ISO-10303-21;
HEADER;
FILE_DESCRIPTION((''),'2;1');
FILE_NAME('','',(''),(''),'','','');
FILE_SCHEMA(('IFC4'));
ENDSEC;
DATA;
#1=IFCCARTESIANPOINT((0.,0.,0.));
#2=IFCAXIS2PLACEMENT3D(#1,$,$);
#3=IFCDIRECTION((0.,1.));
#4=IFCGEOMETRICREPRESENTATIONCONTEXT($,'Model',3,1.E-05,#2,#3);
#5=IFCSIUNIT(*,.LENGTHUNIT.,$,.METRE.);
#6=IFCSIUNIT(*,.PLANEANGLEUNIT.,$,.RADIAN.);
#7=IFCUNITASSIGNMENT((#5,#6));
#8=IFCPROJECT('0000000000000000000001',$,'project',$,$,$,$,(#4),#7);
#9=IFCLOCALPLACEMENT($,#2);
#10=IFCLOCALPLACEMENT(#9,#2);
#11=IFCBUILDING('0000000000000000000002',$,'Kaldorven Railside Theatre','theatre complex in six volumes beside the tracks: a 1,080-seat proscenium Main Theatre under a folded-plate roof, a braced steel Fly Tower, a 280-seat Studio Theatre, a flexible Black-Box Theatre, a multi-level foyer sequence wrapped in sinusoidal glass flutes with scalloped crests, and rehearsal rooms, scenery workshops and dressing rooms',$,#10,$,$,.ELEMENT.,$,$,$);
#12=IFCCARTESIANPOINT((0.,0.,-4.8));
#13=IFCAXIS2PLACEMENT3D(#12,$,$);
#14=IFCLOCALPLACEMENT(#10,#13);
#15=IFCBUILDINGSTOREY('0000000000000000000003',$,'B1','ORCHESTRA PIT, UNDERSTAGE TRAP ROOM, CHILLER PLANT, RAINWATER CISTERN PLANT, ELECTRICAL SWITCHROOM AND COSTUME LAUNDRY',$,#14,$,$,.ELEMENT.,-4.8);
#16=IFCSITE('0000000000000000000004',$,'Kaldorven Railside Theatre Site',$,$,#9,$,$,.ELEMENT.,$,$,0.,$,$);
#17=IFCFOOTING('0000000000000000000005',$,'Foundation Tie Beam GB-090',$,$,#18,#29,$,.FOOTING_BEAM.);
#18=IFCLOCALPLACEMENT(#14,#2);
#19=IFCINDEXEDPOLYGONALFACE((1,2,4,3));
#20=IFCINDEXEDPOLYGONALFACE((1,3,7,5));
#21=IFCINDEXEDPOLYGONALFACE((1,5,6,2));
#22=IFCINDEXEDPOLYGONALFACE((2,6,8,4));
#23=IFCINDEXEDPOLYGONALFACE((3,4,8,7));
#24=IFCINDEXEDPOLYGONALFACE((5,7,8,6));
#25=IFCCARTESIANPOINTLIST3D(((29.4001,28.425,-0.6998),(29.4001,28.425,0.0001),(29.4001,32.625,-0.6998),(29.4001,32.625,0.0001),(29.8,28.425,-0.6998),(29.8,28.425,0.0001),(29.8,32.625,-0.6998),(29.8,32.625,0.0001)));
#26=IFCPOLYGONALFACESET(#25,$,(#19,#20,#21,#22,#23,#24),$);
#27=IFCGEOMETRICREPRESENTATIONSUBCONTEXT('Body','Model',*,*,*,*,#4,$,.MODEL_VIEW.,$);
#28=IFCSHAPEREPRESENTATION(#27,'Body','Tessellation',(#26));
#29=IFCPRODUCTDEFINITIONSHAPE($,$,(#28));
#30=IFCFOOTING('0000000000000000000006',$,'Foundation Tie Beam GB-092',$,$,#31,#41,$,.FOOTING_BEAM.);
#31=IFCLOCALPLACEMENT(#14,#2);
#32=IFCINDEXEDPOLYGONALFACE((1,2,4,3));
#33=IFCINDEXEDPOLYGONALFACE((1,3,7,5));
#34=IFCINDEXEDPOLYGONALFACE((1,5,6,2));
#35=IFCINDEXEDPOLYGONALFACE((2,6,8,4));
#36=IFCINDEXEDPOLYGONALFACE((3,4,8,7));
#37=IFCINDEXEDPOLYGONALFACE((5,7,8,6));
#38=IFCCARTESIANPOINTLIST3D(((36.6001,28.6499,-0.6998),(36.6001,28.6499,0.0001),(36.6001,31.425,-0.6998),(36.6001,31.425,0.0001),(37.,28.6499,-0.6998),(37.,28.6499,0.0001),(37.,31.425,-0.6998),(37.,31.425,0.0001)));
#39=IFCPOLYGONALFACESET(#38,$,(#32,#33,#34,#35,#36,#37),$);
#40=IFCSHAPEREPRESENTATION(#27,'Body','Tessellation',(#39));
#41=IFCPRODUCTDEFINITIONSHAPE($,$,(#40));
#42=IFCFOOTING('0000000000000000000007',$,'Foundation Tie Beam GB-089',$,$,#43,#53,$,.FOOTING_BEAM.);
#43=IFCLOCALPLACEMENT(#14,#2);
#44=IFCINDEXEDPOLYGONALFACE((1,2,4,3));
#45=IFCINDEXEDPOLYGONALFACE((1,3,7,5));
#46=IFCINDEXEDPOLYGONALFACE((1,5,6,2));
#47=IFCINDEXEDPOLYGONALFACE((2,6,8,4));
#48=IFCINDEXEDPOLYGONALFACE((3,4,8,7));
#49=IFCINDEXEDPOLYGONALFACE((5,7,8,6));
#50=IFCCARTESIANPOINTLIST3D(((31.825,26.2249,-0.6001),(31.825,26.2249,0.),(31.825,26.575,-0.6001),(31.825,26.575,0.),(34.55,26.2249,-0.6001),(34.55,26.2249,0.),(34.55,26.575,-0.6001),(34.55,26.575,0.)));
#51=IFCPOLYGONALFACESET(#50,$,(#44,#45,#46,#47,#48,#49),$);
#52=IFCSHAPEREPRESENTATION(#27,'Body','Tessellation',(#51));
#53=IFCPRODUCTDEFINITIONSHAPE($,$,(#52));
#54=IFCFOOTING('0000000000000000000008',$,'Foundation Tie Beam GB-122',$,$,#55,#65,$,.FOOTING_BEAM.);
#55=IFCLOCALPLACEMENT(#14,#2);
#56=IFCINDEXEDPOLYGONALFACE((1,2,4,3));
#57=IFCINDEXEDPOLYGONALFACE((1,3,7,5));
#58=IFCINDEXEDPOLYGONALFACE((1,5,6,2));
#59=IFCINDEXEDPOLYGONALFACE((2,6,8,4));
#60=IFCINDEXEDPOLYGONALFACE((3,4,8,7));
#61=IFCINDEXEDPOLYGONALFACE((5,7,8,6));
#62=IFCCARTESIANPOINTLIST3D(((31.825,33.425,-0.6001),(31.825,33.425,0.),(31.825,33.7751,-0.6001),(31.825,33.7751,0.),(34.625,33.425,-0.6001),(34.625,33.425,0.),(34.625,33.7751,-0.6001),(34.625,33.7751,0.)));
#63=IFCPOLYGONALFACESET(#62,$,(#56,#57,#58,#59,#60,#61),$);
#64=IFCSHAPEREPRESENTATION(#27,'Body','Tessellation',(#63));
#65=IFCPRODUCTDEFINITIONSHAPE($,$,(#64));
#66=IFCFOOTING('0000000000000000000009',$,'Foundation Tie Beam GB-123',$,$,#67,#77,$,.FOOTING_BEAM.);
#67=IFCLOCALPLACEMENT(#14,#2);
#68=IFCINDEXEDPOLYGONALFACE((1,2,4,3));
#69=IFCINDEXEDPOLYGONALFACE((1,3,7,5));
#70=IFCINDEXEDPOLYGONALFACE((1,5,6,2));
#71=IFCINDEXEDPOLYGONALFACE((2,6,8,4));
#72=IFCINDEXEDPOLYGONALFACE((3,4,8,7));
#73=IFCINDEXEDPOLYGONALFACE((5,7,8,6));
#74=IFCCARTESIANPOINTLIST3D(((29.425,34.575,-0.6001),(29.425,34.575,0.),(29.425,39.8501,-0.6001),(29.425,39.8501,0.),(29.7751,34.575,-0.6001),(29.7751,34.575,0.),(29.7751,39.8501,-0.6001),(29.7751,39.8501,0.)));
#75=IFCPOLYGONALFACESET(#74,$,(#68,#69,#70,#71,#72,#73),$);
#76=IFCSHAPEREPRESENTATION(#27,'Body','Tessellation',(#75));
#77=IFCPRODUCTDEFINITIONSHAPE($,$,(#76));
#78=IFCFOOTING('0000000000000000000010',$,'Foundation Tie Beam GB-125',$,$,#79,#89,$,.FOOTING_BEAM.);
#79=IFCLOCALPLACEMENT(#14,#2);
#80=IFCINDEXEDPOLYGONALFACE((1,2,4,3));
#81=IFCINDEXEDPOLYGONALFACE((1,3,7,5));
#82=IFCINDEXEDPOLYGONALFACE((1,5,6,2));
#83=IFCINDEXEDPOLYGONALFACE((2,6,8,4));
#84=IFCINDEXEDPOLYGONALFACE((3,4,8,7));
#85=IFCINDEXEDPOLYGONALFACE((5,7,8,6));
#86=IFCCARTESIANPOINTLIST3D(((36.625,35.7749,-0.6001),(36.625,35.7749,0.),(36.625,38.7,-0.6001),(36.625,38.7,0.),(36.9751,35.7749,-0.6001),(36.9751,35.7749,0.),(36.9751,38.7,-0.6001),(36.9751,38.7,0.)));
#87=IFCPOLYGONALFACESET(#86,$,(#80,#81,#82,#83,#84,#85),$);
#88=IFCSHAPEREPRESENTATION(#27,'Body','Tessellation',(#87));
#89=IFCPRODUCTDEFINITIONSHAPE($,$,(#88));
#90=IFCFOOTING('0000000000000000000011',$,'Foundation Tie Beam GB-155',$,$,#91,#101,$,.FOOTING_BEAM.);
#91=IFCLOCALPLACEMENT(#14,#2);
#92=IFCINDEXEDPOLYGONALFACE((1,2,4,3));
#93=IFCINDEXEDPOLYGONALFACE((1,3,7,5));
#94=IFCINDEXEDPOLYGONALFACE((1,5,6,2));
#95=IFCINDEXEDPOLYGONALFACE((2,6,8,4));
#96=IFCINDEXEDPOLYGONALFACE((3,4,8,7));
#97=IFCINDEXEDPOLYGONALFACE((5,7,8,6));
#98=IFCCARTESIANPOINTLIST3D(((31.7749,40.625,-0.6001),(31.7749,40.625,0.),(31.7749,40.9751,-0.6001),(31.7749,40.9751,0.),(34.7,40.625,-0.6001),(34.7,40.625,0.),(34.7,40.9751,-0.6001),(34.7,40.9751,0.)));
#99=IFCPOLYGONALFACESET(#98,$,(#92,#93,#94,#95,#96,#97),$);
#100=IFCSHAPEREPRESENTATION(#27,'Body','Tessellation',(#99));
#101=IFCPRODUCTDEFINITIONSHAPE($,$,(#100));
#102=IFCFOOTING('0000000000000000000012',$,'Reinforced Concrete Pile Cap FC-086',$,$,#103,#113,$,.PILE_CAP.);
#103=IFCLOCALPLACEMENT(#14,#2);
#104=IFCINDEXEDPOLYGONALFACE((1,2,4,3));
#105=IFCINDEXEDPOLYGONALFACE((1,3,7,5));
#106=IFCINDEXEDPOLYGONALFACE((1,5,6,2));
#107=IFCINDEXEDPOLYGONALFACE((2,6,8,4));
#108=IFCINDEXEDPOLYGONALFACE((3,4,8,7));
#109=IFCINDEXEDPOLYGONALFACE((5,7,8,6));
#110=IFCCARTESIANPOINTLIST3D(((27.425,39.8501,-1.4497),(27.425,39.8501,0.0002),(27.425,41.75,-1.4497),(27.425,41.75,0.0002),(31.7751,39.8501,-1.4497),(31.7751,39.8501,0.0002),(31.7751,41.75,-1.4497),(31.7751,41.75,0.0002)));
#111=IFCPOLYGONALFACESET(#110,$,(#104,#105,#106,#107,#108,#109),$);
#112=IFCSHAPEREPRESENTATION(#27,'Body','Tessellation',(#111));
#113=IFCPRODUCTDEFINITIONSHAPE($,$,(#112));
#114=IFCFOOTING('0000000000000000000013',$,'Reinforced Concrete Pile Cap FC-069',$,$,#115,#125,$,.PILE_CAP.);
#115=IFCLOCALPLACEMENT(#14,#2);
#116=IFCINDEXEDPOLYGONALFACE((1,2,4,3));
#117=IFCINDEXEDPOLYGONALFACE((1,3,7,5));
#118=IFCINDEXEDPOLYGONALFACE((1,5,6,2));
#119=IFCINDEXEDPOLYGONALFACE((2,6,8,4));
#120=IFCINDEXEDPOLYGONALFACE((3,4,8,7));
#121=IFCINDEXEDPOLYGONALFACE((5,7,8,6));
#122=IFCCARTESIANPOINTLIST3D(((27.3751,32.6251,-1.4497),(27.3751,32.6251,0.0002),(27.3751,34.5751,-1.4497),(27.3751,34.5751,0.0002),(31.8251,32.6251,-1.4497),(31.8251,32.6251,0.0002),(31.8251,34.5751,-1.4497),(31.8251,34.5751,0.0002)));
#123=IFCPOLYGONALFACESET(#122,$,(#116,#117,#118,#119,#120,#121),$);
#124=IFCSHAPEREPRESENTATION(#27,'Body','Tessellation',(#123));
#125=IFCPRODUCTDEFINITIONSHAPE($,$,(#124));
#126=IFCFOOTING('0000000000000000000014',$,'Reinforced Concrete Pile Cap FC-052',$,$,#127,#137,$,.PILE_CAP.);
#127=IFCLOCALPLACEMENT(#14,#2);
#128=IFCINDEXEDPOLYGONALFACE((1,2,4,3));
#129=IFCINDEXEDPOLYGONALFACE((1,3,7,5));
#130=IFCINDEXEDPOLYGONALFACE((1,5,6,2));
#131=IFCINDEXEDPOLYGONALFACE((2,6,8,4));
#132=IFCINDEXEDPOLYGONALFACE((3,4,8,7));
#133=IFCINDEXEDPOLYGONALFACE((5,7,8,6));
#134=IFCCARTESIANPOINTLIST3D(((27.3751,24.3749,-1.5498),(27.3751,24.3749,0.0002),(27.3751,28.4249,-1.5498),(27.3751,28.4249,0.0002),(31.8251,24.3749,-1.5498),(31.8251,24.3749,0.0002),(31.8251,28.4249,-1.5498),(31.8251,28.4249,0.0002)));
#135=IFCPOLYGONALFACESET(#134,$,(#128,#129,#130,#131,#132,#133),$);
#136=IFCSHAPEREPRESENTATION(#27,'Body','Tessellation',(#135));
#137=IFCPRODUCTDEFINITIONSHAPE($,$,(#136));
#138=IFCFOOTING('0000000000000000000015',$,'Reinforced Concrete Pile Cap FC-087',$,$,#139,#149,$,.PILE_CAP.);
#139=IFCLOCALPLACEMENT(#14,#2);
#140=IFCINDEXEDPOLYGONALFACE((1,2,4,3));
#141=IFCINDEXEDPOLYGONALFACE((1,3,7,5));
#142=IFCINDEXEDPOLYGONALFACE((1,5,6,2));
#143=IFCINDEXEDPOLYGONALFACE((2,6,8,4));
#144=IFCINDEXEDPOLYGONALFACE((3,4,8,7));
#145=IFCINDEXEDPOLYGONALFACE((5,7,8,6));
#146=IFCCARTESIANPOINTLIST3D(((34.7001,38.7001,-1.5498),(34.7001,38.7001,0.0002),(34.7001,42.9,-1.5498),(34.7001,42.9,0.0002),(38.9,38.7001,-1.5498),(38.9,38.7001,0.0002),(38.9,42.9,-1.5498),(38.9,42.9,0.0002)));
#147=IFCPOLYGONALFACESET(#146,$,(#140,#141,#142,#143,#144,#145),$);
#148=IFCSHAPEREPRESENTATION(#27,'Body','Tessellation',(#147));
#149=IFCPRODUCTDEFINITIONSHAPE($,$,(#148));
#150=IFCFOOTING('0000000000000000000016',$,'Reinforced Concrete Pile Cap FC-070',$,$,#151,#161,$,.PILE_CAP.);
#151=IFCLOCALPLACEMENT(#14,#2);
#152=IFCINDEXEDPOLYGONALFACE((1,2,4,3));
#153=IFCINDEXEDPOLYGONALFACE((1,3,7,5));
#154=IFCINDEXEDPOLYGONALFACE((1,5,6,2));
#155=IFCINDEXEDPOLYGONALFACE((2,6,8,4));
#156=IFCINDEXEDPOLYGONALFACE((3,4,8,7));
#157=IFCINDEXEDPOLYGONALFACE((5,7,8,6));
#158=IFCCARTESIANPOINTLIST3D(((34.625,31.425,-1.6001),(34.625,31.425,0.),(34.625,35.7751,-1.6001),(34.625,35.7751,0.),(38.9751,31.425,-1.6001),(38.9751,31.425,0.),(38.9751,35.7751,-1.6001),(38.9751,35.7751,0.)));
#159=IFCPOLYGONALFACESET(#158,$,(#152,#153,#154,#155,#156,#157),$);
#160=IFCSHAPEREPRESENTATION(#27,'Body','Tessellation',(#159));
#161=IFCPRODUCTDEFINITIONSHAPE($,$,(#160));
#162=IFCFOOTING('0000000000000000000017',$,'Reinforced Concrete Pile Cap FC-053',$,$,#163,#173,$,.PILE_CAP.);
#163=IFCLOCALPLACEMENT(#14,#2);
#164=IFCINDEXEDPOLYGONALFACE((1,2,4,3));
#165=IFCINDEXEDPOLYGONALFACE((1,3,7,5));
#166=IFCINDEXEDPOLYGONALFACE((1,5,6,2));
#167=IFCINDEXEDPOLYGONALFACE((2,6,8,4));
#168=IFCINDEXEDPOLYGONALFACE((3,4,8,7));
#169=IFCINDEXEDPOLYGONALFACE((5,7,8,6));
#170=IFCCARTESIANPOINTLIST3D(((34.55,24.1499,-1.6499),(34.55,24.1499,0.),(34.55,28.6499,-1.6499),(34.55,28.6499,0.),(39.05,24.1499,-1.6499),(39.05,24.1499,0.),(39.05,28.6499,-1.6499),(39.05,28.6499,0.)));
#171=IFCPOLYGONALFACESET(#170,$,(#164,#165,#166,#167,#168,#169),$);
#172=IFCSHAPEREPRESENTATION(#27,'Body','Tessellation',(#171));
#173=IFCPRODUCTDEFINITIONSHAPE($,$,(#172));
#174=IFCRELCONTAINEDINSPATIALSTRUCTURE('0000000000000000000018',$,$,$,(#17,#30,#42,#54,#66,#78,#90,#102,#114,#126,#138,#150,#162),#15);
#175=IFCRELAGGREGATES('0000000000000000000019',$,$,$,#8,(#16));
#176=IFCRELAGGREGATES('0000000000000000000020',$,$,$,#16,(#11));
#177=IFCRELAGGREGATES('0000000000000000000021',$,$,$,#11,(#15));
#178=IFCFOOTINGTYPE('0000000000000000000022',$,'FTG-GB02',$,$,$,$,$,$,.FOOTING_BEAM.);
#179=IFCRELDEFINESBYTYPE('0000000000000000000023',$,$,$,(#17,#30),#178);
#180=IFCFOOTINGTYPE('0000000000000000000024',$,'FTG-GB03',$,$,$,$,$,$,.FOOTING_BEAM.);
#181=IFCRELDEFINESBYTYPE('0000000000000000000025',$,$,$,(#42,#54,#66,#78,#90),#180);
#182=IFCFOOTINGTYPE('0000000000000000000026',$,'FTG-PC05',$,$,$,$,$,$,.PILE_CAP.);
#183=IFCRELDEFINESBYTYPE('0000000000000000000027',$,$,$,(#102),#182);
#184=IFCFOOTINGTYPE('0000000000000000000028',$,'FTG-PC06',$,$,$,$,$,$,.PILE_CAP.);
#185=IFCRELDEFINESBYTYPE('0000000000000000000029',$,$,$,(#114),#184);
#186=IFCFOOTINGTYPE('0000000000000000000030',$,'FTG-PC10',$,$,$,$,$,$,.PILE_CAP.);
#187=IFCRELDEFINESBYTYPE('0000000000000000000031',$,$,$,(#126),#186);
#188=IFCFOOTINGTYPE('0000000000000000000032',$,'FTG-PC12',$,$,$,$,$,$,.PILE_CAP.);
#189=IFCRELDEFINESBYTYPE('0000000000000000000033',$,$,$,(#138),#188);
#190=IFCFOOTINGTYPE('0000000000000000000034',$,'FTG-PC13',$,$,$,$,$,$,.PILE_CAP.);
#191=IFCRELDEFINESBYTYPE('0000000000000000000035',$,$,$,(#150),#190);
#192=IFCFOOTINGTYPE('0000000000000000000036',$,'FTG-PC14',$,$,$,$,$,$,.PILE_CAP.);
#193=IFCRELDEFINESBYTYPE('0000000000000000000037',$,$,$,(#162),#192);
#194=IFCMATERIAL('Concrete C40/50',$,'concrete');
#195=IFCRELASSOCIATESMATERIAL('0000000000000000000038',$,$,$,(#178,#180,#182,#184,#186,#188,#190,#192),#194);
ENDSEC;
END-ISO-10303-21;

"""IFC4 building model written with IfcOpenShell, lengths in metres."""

from ifc_helpers import new_model, si_unit, direction, frame, origin, origin_2d, place, context, subcontext, project, spatial, rectangle, extrude, material, material_profile, profile_set, type_object, element, save


model = new_model("IFC4")

# Units and contexts
model_context = context("Model", 3, precision=1e-05, world=origin(), true_north=direction((0.0, 1.0)))
body_context = subcontext(model_context, "Body", "Model", "MODEL_VIEW")
ifc_project = project(units=[si_unit("LENGTHUNIT", "METRE"), si_unit("PLANEANGLEUNIT", "RADIAN")], contexts=[model_context])

# Site, building, storey
site_placement = place(None, origin())
site = spatial("IfcSite", under=ifc_project, at=site_placement, Name="Kaldorven Railside Theatre Site", CompositionType="ELEMENT", RefElevation=0.0)
building_placement = place(site_placement, origin())
building = spatial("IfcBuilding", under=site, at=building_placement, Name="Kaldorven Railside Theatre", Description="theatre complex in six volumes beside the tracks: a 1,080-seat proscenium Main Theatre under a folded-plate roof, a braced steel Fly Tower, a 280-seat Studio Theatre, a flexible Black-Box Theatre, a multi-level foyer sequence wrapped in sinusoidal glass flutes with scalloped crests, and rehearsal rooms, scenery workshops and dressing rooms", CompositionType="ELEMENT")
storey_placement = place(building_placement, frame((0.0, 0.0, -4.8)))
storey = spatial("IfcBuildingStorey", under=building, at=storey_placement, Name="B1", Description="ORCHESTRA PIT, UNDERSTAGE TRAP ROOM, CHILLER PLANT, RAINWATER CISTERN PLANT, ELECTRICAL SWITCHROOM AND COSTUME LAUNDRY", CompositionType="ELEMENT", Elevation=-4.8)

# Footings
ifc_material_1 = material(Name="Concrete C40/50", Category="concrete")
ifc_material_profile_1 = material_profile(ifc_material_1, rectangle(XDim=0.3999, YDim=0.7, at=origin_2d()), Name="RC 400x700")
ifc_profile_set_1 = profile_set([ifc_material_profile_1], Name="Concrete C40/50")
footing_type_1 = type_object("IfcFootingType", Name="FTG-GB02", PredefinedType="FOOTING_BEAM", material=ifc_profile_set_1)
footing_1_placement = place(storey_placement, frame((29.6001, 28.425, -0.3499), z_axis=(0.0, 1.0, 0.0), x_axis=(-1.0, 0.0, 0.0)))
element("IfcFooting", 1, at=footing_1_placement, inside=storey, type_object=footing_type_1, Name="Foundation Tie Beam GB-090", PredefinedType="FOOTING_BEAM", context=body_context, shape_type="SweptSolid", body=[
    extrude(rectangle(XDim=0.3999, YDim=0.7, at=origin_2d()), origin(), (0.0, 0.0, 1.0), 4.2),
])
footing_2_placement = place(storey_placement, frame((36.8, 28.6499, -0.3499), z_axis=(0.0, 1.0, 0.0), x_axis=(-1.0, 0.0, 0.0)))
element("IfcFooting", 2, at=footing_2_placement, inside=storey, type_object=footing_type_1, Name="Foundation Tie Beam GB-092", PredefinedType="FOOTING_BEAM", context=body_context, shape_type="SweptSolid", body=[
    extrude(rectangle(XDim=0.3999, YDim=0.7, at=origin_2d()), origin(), (0.0, 0.0, 1.0), 2.7751),
])
ifc_material_profile_2 = material_profile(ifc_material_1, rectangle(XDim=0.3501, YDim=0.6001, at=origin_2d()), Name="RC 350x600")
ifc_profile_set_2 = profile_set([ifc_material_profile_2], Name="Concrete C40/50")
footing_type_2 = type_object("IfcFootingType", Name="FTG-GB03", PredefinedType="FOOTING_BEAM", material=ifc_profile_set_2)
footing_3_placement = place(storey_placement, frame((31.825, 26.3999, -0.3), z_axis=(1.0, 0.0, 0.0), x_axis=(0.0, 1.0, 0.0)))
element("IfcFooting", 3, at=footing_3_placement, inside=storey, type_object=footing_type_2, Name="Foundation Tie Beam GB-089", PredefinedType="FOOTING_BEAM", context=body_context, shape_type="SweptSolid", body=[
    extrude(rectangle(XDim=0.3501, YDim=0.6001, at=origin_2d()), origin(), (0.0, 0.0, 1.0), 2.7251),
])
footing_4_placement = place(storey_placement, frame((31.825, 33.6001, -0.3), z_axis=(1.0, 0.0, 0.0), x_axis=(0.0, 1.0, 0.0)))
element("IfcFooting", 4, at=footing_4_placement, inside=storey, type_object=footing_type_2, Name="Foundation Tie Beam GB-122", PredefinedType="FOOTING_BEAM", context=body_context, shape_type="SweptSolid", body=[
    extrude(rectangle(XDim=0.3501, YDim=0.6001, at=origin_2d()), origin(), (0.0, 0.0, 1.0), 2.8),
])
footing_5_placement = place(storey_placement, frame((29.6001, 34.575, -0.3), z_axis=(0.0, 1.0, 0.0), x_axis=(-1.0, 0.0, 0.0)))
element("IfcFooting", 5, at=footing_5_placement, inside=storey, type_object=footing_type_2, Name="Foundation Tie Beam GB-123", PredefinedType="FOOTING_BEAM", context=body_context, shape_type="SweptSolid", body=[
    extrude(rectangle(XDim=0.3501, YDim=0.6001, at=origin_2d()), origin(), (0.0, 0.0, 1.0), 5.2751),
])
for number, where, z_axis, x_axis, name in (
    (6, (36.8, 35.7749, -0.3), (0.0, 1.0, 0.0), (-1.0, 0.0, 0.0), "Foundation Tie Beam GB-125"),
    (7, (31.7749, 40.8, -0.3), (1.0, 0.0, 0.0), (0.0, 1.0, 0.0), "Foundation Tie Beam GB-155"),
):
    element("IfcFooting", number, at=place(storey_placement, frame(where, z_axis=z_axis, x_axis=x_axis)), inside=storey, type_object=footing_type_2, Name=name, PredefinedType="FOOTING_BEAM", context=body_context, shape_type="SweptSolid", body=[
        extrude(rectangle(XDim=0.3501, YDim=0.6001, at=origin_2d()), origin(), (0.0, 0.0, 1.0), 2.925),
    ])
footing_type_3 = type_object("IfcFootingType", Name="FTG-PC05", PredefinedType="PILE_CAP", material=ifc_material_1)
footing_6_placement = place(storey_placement, frame((29.6001, 40.8, -1.4497), z_axis=(0.0, 0.0, 1.0), x_axis=(1.0, 0.0, 0.0)))
element("IfcFooting", 8, at=footing_6_placement, inside=storey, type_object=footing_type_3, Name="Reinforced Concrete Pile Cap FC-086", PredefinedType="PILE_CAP", context=body_context, shape_type="SweptSolid", body=[
    extrude(rectangle(XDim=4.3501, YDim=1.8999, at=origin_2d()), origin(), (0.0, 0.0, 1.0), 1.45),
])
footing_type_4 = type_object("IfcFootingType", Name="FTG-PC06", PredefinedType="PILE_CAP", material=ifc_material_1)
footing_7_placement = place(storey_placement, frame((29.6001, 33.6001, -1.4497), z_axis=(0.0, 0.0, 1.0), x_axis=(1.0, 0.0, 0.0)))
element("IfcFooting", 9, at=footing_7_placement, inside=storey, type_object=footing_type_4, Name="Reinforced Concrete Pile Cap FC-069", PredefinedType="PILE_CAP", context=body_context, shape_type="SweptSolid", body=[
    extrude(rectangle(XDim=4.45, YDim=1.95, at=origin_2d()), origin(), (0.0, 0.0, 1.0), 1.45),
])
footing_type_5 = type_object("IfcFootingType", Name="FTG-PC10", PredefinedType="PILE_CAP", material=ifc_material_1)
footing_8_placement = place(storey_placement, frame((29.6001, 26.3999, -1.5498), z_axis=(0.0, 0.0, 1.0), x_axis=(1.0, 0.0, 0.0)))
element("IfcFooting", 10, at=footing_8_placement, inside=storey, type_object=footing_type_5, Name="Reinforced Concrete Pile Cap FC-052", PredefinedType="PILE_CAP", context=body_context, shape_type="SweptSolid", body=[
    extrude(rectangle(XDim=4.45, YDim=4.05, at=origin_2d()), origin(), (0.0, 0.0, 1.0), 1.55),
])
footing_type_6 = type_object("IfcFootingType", Name="FTG-PC12", PredefinedType="PILE_CAP", material=ifc_material_1)
footing_9_placement = place(storey_placement, frame((36.8, 40.8, -1.5498), z_axis=(0.0, 0.0, 1.0), x_axis=(1.0, 0.0, 0.0)))
element("IfcFooting", 11, at=footing_9_placement, inside=storey, type_object=footing_type_6, Name="Reinforced Concrete Pile Cap FC-087", PredefinedType="PILE_CAP", context=body_context, shape_type="SweptSolid", body=[
    extrude(rectangle(XDim=4.2, YDim=4.2, at=origin_2d()), origin(), (0.0, 0.0, 1.0), 1.55),
])
footing_type_7 = type_object("IfcFootingType", Name="FTG-PC13", PredefinedType="PILE_CAP", material=ifc_material_1)
footing_10_placement = place(storey_placement, frame((36.8, 33.6001, -1.6001), z_axis=(0.0, 0.0, 1.0), x_axis=(1.0, 0.0, 0.0)))
element("IfcFooting", 12, at=footing_10_placement, inside=storey, type_object=footing_type_7, Name="Reinforced Concrete Pile Cap FC-070", PredefinedType="PILE_CAP", context=body_context, shape_type="SweptSolid", body=[
    extrude(rectangle(XDim=4.3501, YDim=4.3501, at=origin_2d()), origin(), (0.0, 0.0, 1.0), 1.6001),
])
footing_type_8 = type_object("IfcFootingType", Name="FTG-PC14", PredefinedType="PILE_CAP", material=ifc_material_1)
footing_11_placement = place(storey_placement, frame((36.8, 26.3999, -1.6499), z_axis=(0.0, 0.0, 1.0), x_axis=(1.0, 0.0, 0.0)))
element("IfcFooting", 13, at=footing_11_placement, inside=storey, type_object=footing_type_8, Name="Reinforced Concrete Pile Cap FC-053", PredefinedType="PILE_CAP", context=body_context, shape_type="SweptSolid", body=[
    extrude(rectangle(XDim=4.5, YDim=4.5, at=origin_2d()), origin(), (0.0, 0.0, 1.0), 1.6499),
])

save(model, "model.ifc")
